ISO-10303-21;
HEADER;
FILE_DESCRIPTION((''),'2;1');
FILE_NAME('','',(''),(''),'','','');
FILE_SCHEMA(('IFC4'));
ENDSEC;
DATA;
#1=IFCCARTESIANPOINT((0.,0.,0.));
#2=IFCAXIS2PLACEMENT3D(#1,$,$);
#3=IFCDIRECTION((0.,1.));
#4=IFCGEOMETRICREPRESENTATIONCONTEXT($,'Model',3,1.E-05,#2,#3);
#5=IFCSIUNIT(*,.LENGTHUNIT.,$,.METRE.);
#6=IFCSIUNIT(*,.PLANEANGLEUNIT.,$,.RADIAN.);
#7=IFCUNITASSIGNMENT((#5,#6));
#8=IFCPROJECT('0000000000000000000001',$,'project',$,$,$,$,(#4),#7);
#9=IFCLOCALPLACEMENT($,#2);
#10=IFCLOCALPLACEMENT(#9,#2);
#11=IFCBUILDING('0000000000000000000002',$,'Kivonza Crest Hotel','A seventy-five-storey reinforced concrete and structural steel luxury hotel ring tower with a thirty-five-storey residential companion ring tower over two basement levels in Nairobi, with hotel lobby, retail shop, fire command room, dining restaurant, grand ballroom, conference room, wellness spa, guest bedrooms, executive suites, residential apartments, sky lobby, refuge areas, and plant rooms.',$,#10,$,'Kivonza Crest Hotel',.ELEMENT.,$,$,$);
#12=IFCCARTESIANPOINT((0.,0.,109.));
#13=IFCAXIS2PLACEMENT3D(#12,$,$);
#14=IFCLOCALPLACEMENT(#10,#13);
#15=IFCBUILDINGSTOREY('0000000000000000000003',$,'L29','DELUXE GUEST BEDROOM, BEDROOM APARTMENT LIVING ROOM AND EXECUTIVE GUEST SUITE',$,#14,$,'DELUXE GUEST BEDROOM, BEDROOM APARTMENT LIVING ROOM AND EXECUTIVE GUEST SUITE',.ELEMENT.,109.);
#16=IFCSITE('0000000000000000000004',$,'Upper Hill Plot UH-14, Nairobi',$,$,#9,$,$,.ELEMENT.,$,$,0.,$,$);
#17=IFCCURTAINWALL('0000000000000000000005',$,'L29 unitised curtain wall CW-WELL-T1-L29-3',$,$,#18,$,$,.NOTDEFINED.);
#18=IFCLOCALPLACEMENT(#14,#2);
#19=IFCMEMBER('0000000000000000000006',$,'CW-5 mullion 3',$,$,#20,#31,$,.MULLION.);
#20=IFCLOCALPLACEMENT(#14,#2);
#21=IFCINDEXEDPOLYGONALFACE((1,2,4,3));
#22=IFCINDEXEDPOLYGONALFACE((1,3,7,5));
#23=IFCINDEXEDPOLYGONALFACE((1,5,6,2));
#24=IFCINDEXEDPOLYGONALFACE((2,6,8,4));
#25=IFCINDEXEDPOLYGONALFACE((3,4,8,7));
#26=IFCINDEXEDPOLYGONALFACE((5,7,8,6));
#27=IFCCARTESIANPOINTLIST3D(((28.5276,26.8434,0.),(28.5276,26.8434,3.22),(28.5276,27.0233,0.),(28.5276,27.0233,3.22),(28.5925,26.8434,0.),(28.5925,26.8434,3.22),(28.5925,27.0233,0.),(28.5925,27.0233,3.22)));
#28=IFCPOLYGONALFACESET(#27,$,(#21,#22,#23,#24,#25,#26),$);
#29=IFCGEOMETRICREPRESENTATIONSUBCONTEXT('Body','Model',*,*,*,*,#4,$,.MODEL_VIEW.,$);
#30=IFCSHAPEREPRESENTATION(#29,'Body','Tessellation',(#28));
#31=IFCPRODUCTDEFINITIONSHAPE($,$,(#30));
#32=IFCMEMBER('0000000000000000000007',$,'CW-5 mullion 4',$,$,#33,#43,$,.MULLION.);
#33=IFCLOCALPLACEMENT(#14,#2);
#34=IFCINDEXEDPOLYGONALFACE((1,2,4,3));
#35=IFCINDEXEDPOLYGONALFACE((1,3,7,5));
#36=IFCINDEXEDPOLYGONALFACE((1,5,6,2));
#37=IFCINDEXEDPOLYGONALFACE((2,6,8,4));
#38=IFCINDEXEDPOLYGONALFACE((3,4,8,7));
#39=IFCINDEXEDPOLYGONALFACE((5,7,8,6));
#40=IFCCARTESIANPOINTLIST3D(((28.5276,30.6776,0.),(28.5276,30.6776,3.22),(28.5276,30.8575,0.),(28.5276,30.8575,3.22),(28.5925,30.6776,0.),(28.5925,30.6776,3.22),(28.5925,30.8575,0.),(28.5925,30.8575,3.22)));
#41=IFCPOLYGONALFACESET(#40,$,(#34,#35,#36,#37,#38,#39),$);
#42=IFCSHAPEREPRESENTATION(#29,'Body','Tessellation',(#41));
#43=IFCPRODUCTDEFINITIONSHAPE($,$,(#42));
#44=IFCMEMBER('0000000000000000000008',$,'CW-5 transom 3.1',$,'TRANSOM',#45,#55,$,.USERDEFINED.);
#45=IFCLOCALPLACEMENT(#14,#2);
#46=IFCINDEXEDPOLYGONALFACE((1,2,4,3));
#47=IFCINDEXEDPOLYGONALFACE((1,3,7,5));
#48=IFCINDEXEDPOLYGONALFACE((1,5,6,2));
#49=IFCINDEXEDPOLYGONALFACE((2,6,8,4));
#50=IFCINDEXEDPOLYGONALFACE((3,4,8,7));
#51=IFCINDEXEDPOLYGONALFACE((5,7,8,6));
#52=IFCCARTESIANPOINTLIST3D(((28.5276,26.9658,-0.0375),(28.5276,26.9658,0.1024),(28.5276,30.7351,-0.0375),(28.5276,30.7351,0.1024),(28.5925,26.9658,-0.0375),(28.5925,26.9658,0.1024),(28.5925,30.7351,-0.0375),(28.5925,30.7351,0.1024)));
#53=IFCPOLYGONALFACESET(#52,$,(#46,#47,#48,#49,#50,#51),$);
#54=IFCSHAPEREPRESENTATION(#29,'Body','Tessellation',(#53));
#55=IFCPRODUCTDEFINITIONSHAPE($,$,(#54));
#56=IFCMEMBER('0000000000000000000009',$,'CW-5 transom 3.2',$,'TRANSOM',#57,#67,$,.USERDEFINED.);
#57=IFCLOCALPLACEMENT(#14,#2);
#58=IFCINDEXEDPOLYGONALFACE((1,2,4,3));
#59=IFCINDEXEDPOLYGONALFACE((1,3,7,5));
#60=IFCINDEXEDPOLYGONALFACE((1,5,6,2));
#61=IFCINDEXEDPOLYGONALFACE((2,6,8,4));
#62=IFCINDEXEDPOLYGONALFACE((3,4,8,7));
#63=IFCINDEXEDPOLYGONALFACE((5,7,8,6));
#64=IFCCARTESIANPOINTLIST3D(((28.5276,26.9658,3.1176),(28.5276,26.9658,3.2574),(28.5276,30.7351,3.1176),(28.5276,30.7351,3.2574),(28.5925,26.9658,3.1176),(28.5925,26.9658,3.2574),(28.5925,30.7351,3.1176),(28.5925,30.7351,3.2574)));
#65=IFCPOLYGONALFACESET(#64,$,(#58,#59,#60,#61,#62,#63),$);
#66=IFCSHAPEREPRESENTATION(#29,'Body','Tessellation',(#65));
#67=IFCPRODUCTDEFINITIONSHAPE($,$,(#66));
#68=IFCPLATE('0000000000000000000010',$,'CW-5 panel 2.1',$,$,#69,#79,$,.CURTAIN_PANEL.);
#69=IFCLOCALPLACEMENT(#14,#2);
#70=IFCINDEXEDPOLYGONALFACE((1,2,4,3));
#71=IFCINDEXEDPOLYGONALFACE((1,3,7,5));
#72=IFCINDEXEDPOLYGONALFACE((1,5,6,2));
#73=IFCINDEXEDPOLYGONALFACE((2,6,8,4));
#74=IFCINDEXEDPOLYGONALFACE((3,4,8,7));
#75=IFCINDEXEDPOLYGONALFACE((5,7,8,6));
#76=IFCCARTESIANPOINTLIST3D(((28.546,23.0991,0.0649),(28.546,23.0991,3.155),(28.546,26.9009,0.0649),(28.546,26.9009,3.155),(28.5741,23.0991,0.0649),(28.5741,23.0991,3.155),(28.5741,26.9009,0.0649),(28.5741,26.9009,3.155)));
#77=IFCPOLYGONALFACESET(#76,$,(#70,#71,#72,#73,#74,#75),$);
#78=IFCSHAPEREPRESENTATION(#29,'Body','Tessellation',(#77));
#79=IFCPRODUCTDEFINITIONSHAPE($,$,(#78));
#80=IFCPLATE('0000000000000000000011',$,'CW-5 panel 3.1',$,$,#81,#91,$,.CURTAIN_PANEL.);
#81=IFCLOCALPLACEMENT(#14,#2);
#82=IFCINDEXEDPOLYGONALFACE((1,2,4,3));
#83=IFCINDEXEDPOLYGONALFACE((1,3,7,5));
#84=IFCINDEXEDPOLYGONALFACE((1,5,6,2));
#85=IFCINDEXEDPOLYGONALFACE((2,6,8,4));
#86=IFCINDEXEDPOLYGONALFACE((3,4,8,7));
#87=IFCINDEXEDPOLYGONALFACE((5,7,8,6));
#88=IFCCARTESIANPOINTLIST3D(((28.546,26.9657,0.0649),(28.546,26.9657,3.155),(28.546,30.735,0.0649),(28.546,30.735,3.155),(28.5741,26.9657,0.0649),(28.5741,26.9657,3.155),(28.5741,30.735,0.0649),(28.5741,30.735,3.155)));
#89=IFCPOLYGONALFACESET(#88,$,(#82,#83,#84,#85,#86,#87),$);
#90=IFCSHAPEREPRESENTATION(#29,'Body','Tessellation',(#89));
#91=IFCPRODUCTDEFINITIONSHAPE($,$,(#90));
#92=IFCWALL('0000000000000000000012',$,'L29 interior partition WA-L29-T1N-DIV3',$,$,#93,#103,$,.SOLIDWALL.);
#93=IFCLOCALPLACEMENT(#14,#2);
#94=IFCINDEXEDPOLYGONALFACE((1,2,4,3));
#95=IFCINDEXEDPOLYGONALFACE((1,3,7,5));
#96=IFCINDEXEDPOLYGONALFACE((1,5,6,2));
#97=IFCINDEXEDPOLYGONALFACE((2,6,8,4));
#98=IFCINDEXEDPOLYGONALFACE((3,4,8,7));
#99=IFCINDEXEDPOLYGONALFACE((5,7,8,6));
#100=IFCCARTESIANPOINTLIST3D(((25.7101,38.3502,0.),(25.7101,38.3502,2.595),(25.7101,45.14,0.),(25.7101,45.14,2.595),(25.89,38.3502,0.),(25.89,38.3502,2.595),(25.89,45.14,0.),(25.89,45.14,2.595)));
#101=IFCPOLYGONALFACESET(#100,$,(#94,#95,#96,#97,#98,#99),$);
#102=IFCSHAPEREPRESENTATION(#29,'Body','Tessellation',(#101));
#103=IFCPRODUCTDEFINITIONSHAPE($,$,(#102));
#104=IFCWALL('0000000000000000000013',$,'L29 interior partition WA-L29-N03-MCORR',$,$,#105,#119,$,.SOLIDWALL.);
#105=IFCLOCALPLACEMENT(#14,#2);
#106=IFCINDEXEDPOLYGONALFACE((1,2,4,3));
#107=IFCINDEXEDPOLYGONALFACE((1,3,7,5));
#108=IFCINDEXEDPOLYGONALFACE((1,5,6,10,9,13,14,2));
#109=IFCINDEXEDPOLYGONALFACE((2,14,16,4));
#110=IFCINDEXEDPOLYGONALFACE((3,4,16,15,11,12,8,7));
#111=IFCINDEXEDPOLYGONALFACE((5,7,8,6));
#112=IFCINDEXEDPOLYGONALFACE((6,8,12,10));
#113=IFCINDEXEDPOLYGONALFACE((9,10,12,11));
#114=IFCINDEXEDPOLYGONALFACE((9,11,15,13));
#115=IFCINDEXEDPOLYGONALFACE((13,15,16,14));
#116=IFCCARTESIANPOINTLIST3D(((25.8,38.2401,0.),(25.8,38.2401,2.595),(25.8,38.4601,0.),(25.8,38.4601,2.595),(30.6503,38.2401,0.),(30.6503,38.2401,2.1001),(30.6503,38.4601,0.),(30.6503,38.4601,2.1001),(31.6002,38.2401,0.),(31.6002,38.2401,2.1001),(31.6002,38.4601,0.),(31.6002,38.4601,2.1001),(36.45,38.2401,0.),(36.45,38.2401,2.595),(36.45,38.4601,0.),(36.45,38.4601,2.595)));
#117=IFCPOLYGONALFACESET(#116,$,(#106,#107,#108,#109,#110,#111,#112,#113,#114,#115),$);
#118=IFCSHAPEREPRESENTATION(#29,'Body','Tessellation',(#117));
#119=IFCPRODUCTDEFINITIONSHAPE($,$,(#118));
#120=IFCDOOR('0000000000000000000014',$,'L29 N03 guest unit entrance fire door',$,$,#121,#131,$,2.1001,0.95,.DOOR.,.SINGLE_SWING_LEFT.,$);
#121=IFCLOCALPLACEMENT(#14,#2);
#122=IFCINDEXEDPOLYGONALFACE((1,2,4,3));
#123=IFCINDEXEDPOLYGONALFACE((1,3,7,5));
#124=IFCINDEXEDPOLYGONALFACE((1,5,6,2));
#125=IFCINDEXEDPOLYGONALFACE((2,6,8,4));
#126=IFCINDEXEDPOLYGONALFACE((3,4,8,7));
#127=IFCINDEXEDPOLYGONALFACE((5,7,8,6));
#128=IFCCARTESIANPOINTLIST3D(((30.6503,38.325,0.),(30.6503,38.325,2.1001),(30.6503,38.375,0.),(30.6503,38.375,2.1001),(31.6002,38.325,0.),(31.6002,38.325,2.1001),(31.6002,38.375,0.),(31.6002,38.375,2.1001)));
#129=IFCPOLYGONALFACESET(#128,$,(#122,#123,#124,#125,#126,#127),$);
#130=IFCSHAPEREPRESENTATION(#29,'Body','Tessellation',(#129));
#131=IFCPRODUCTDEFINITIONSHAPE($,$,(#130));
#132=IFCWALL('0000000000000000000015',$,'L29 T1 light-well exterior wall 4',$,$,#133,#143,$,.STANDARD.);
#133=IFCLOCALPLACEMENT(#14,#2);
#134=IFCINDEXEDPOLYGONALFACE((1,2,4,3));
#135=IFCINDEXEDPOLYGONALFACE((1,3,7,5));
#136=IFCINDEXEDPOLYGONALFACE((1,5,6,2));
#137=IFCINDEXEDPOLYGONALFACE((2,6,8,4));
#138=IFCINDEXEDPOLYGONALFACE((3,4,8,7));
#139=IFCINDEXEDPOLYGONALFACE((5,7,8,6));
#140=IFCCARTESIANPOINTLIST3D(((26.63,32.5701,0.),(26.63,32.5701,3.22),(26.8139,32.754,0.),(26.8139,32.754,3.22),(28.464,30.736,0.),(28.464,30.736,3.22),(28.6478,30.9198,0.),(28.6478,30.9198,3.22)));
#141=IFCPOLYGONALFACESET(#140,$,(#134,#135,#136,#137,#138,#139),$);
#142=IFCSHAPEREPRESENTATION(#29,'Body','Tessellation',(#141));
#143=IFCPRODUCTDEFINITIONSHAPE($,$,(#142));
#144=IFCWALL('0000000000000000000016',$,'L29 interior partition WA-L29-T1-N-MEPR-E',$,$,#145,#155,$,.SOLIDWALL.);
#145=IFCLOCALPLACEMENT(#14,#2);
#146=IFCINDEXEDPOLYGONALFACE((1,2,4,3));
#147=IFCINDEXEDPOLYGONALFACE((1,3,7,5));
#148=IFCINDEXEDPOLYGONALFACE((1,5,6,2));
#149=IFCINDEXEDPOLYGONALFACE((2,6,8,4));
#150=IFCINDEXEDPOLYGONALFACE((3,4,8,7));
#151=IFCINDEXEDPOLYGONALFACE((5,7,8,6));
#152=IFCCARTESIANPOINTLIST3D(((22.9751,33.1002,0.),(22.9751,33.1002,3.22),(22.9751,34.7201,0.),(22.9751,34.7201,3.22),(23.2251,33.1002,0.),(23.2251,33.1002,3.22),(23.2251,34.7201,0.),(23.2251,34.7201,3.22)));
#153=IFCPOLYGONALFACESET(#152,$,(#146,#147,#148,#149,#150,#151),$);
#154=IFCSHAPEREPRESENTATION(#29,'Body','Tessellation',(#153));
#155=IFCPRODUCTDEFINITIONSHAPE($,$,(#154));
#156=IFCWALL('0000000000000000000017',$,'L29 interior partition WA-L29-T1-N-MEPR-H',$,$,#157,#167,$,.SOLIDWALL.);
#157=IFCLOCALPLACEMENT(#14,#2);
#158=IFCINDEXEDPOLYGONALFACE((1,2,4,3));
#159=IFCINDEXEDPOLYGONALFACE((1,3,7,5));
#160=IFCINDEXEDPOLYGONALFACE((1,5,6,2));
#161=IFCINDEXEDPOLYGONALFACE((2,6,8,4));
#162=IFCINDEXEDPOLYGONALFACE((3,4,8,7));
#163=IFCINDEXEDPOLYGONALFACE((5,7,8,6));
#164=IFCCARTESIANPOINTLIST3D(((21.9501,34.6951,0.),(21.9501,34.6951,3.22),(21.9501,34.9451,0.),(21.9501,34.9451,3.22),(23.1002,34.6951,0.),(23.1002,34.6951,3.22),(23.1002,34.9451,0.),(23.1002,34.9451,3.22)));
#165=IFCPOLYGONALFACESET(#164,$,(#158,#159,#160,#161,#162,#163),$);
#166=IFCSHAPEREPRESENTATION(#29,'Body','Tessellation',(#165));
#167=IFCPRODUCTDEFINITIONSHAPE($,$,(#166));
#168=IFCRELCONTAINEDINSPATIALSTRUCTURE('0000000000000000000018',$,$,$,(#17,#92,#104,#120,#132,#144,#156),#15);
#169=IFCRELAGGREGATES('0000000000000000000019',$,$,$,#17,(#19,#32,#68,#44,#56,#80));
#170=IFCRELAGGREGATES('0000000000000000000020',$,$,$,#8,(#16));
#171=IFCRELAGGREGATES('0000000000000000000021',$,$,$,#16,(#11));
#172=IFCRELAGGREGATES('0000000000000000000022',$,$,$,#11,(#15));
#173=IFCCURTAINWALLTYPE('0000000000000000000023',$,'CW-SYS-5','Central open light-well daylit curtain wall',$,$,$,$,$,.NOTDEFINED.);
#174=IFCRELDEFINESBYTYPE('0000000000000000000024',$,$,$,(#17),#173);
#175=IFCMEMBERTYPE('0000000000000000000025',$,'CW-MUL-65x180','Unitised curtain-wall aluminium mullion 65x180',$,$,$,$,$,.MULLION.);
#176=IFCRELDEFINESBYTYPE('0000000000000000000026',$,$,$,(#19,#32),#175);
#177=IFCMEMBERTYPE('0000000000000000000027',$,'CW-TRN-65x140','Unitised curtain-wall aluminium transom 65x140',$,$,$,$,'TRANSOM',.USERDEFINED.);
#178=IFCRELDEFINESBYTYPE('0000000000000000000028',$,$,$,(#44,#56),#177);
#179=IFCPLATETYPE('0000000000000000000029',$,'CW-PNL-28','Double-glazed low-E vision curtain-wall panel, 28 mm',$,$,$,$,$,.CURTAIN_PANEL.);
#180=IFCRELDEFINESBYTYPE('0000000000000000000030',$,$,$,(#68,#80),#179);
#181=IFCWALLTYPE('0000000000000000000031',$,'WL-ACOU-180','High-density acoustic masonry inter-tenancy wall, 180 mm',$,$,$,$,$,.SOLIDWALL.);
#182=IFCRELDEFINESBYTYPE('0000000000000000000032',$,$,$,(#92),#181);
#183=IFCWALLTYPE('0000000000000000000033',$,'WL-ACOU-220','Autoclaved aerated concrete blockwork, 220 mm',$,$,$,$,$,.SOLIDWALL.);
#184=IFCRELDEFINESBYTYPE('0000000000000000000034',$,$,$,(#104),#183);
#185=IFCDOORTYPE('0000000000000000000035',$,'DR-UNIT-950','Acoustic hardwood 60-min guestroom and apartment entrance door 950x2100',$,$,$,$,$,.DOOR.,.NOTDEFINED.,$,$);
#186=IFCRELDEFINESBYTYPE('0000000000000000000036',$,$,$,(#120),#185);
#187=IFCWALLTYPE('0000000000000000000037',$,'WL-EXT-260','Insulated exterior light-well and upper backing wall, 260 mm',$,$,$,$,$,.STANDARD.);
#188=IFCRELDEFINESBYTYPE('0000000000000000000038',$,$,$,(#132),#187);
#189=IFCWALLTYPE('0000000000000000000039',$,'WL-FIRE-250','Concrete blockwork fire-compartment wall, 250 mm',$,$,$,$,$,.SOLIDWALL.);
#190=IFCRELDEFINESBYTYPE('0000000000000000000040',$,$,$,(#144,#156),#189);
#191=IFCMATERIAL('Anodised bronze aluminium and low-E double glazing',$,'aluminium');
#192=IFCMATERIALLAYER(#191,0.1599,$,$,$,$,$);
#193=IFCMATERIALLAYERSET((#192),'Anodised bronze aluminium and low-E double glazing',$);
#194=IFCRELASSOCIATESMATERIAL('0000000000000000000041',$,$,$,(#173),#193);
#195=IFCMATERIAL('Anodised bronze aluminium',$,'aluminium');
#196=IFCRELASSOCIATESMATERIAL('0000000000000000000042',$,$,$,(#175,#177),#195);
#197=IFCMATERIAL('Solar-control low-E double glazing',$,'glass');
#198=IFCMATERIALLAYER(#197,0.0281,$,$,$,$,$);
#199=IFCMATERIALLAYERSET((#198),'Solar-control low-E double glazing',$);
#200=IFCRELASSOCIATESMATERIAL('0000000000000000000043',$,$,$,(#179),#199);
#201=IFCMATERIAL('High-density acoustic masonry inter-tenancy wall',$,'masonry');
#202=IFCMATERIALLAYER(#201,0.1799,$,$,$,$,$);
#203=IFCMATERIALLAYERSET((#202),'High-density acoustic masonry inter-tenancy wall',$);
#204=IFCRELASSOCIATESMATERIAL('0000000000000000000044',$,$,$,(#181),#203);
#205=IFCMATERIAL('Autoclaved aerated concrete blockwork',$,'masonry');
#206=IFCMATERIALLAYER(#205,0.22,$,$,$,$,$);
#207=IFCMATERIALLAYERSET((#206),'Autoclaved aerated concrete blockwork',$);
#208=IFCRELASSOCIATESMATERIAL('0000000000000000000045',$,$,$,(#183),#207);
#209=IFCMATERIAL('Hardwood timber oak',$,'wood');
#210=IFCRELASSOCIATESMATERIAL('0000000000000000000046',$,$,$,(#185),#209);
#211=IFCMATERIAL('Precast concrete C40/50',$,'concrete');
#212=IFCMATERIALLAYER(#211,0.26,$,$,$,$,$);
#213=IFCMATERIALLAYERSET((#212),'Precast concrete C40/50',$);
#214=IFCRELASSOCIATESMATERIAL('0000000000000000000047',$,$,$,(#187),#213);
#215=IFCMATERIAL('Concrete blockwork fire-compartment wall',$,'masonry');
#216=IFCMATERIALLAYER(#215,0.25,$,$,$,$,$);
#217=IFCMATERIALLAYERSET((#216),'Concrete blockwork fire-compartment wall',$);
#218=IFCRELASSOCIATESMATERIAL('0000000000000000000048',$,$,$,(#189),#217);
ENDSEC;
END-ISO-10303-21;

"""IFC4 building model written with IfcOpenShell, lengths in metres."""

from ifc_helpers import new_model, si_unit, direction, frame, frame_2d, origin, origin_2d, place, context, subcontext, project, spatial, rectangle, extrude, material, layer, layer_set, material_profile, profile_set, type_object, element, fill, aggregate, save


model = new_model("IFC4")

# Units and contexts
model_context = context("Model", 3, precision=1e-05, world=origin(), true_north=direction((0.0, 1.0)))
body_context = subcontext(model_context, "Body", "Model", "MODEL_VIEW")
ifc_project = project(units=[si_unit("LENGTHUNIT", "METRE"), si_unit("PLANEANGLEUNIT", "RADIAN")], contexts=[model_context])

# Site, building, storey
site_placement = place(None, origin())
site = spatial("IfcSite", under=ifc_project, at=site_placement, Name="Upper Hill Plot UH-14, Nairobi", CompositionType="ELEMENT", RefElevation=0.0)
building_placement = place(site_placement, origin())
building = spatial("IfcBuilding", under=site, at=building_placement, Name="Kivonza Crest Hotel", Description="A seventy-five-storey reinforced concrete and structural steel luxury hotel ring tower with a thirty-five-storey residential companion ring tower over two basement levels in Nairobi, with hotel lobby, retail shop, fire command room, dining restaurant, grand ballroom, conference room, wellness spa, guest bedrooms, executive suites, residential apartments, sky lobby, refuge areas, and plant rooms.", LongName="Kivonza Crest Hotel", CompositionType="ELEMENT")
storey_placement = place(building_placement, frame((0.0, 0.0, 109.0)))
storey = spatial("IfcBuildingStorey", under=building, at=storey_placement, Name="L29", Description="DELUXE GUEST BEDROOM, BEDROOM APARTMENT LIVING ROOM AND EXECUTIVE GUEST SUITE", LongName="DELUXE GUEST BEDROOM, BEDROOM APARTMENT LIVING ROOM AND EXECUTIVE GUEST SUITE", CompositionType="ELEMENT", Elevation=109.0)

# Curtain wall, members, plates
ifc_material_1 = material(Name="Anodised bronze aluminium and low-E double glazing", Category="aluminium")
ifc_layer_1 = layer(ifc_material_1, 0.1599)
ifc_layer_set_1 = layer_set([ifc_layer_1], Name="Anodised bronze aluminium and low-E double glazing")
curtain_wall_type = type_object("IfcCurtainWallType", Name="CW-SYS-5", Description="Central open light-well daylit curtain wall", PredefinedType="NOTDEFINED", material=ifc_layer_set_1)
curtain_wall_placement = place(storey_placement, origin())
curtain_wall = element("IfcCurtainWall", 1, at=curtain_wall_placement, inside=storey, type_object=curtain_wall_type, Name="L29 unitised curtain wall CW-WELL-T1-L29-3", PredefinedType="NOTDEFINED")
ifc_material_2 = material(Name="Anodised bronze aluminium", Category="aluminium")
ifc_material_profile_1 = material_profile(ifc_material_2, rectangle(XDim=0.0649, YDim=0.1799, at=origin_2d()), Name="CW-M 65x180")
ifc_profile_set_1 = profile_set([ifc_material_profile_1], Name="Anodised bronze aluminium")
member_type_1 = type_object("IfcMemberType", Name="CW-MUL-65x180", Description="Unitised curtain-wall aluminium mullion 65x180", PredefinedType="MULLION", material=ifc_profile_set_1)
member_1_placement = place(storey_placement, frame((28.5601, 26.9333, 0.0), z_axis=(0.0, 0.0, 1.0), x_axis=(-1.0, 0.0, 0.0)))
member_1 = element("IfcMember", 2, at=member_1_placement, type_object=member_type_1, Name="CW-5 mullion 3", PredefinedType="MULLION", context=body_context, shape_type="SweptSolid", body=[
    extrude(rectangle(XDim=0.0649, YDim=0.1799, at=origin_2d()), origin(), (0.0, 0.0, 1.0), 3.22),
])
member_2_placement = place(storey_placement, frame((28.5601, 30.7676, 0.0), z_axis=(0.0, 0.0, 1.0), x_axis=(-1.0, 0.0, 0.0)))
member_2 = element("IfcMember", 3, at=member_2_placement, type_object=member_type_1, Name="CW-5 mullion 4", PredefinedType="MULLION", context=body_context, shape_type="SweptSolid", body=[
    extrude(rectangle(XDim=0.0649, YDim=0.1799, at=origin_2d()), origin(), (0.0, 0.0, 1.0), 3.22),
])
ifc_material_profile_2 = material_profile(ifc_material_2, rectangle(XDim=0.0649, YDim=0.1399, at=origin_2d()), Name="CW-T 65x140")
ifc_profile_set_2 = profile_set([ifc_material_profile_2], Name="Anodised bronze aluminium")
member_type_2 = type_object("IfcMemberType", Name="CW-TRN-65x140", Description="Unitised curtain-wall aluminium transom 65x140", ElementType="TRANSOM", PredefinedType="USERDEFINED", material=ifc_profile_set_2)
member_3_placement = place(storey_placement, frame((28.5601, 26.9658, 0.0325), z_axis=(0.0, 1.0, 0.0), x_axis=(-1.0, 0.0, 0.0)))
member_3 = element("IfcMember", 4, at=member_3_placement, type_object=member_type_2, Name="CW-5 transom 3.1", ObjectType="TRANSOM", PredefinedType="USERDEFINED", context=body_context, shape_type="SweptSolid", body=[
    extrude(rectangle(XDim=0.0649, YDim=0.1399, at=origin_2d()), origin(), (0.0, 0.0, 1.0), 3.7693),
])
member_4_placement = place(storey_placement, frame((28.5601, 26.9658, 3.1875), z_axis=(0.0, 1.0, 0.0), x_axis=(-1.0, 0.0, 0.0)))
member_4 = element("IfcMember", 5, at=member_4_placement, type_object=member_type_2, Name="CW-5 transom 3.2", ObjectType="TRANSOM", PredefinedType="USERDEFINED", context=body_context, shape_type="SweptSolid", body=[
    extrude(rectangle(XDim=0.0649, YDim=0.1399, at=origin_2d()), origin(), (0.0, 0.0, 1.0), 3.7693),
])
ifc_material_3 = material(Name="Solar-control low-E double glazing", Category="glass")
ifc_layer_2 = layer(ifc_material_3, 0.0281)
ifc_layer_set_2 = layer_set([ifc_layer_2], Name="Solar-control low-E double glazing")
plate_type = type_object("IfcPlateType", Name="CW-PNL-28", Description="Double-glazed low-E vision curtain-wall panel, 28 mm", PredefinedType="CURTAIN_PANEL", material=ifc_layer_set_2)
plate_1_placement = place(storey_placement, frame((28.5601, 25.0, 0.0649), z_axis=(0.0, 0.0, 1.0), x_axis=(0.0, 1.0, 0.0)))
plate_1 = element("IfcPlate", 6, at=plate_1_placement, type_object=plate_type, Name="CW-5 panel 2.1", PredefinedType="CURTAIN_PANEL", context=body_context, shape_type="SweptSolid", body=[
    extrude(rectangle(XDim=3.8018, YDim=0.0281, at=origin_2d()), origin(), (0.0, 0.0, 1.0), 3.0901),
])
plate_2_placement = place(storey_placement, frame((28.5601, 28.8503, 0.0649), z_axis=(0.0, 0.0, 1.0), x_axis=(0.0, 1.0, 0.0)))
plate_2 = element("IfcPlate", 7, at=plate_2_placement, type_object=plate_type, Name="CW-5 panel 3.1", PredefinedType="CURTAIN_PANEL", context=body_context, shape_type="SweptSolid", body=[
    extrude(rectangle(XDim=3.7693, YDim=0.0281, at=origin_2d()), origin(), (0.0, 0.0, 1.0), 3.0901),
])
aggregate(curtain_wall, [member_1, member_2, plate_1, member_3, member_4, plate_2])

# Wall
ifc_material_4 = material(Name="High-density acoustic masonry inter-tenancy wall", Category="masonry")
ifc_layer_3 = layer(ifc_material_4, 0.1799)
ifc_layer_set_3 = layer_set([ifc_layer_3], Name="High-density acoustic masonry inter-tenancy wall")
wall_type_1 = type_object("IfcWallType", Name="WL-ACOU-180", Description="High-density acoustic masonry inter-tenancy wall, 180 mm", PredefinedType="SOLIDWALL", material=ifc_layer_set_3)
wall_1_placement = place(storey_placement, frame((25.8, 38.3501, 0.0), z_axis=(0.0, 0.0, 1.0), x_axis=(0.0, 1.0, 0.0)))
element("IfcWall", 8, at=wall_1_placement, inside=storey, type_object=wall_type_1, Name="L29 interior partition WA-L29-T1N-DIV3", PredefinedType="SOLIDWALL", context=body_context, shape_type="SweptSolid", body=[
    extrude(rectangle(XDim=6.7898, YDim=0.1799, at=frame_2d((3.395, 0.0))), origin(), (0.0, 0.0, 1.0), 2.595),
])

# Wall, opening, door
ifc_material_5 = material(Name="Autoclaved aerated concrete blockwork", Category="masonry")
ifc_layer_4 = layer(ifc_material_5, 0.22)
ifc_layer_set_4 = layer_set([ifc_layer_4], Name="Autoclaved aerated concrete blockwork")
wall_type_2 = type_object("IfcWallType", Name="WL-ACOU-220", Description="Autoclaved aerated concrete blockwork, 220 mm", PredefinedType="SOLIDWALL", material=ifc_layer_set_4)
wall_2_placement = place(storey_placement, frame((25.8, 38.3501, 0.0), z_axis=(0.0, 0.0, 1.0), x_axis=(1.0, 0.0, 0.0)))
wall_2 = element("IfcWall", 9, at=wall_2_placement, inside=storey, type_object=wall_type_2, Name="L29 interior partition WA-L29-N03-MCORR", PredefinedType="SOLIDWALL", context=body_context, shape_type="SweptSolid", body=[
    extrude(rectangle(XDim=10.6499, YDim=0.22, at=frame_2d((5.325, 0.0))), origin(), (0.0, 0.0, 1.0), 2.595),
])
opening_1_placement = place(wall_2_placement, frame((4.8501, 0.0, 0.0)))
opening_1 = element("IfcOpeningElement", 10, at=opening_1_placement, cuts=wall_2, PredefinedType="OPENING", context=body_context, shape_type="SweptSolid", body=[
    extrude(rectangle(XDim=0.95, YDim=2.1001, at=frame_2d((0.4751, 1.05))), frame((0.0, 0.1201, 0.0), z_axis=(0.0, -1.0, 0.0), x_axis=(1.0, 0.0, 0.0)), (0.0, 0.0, 1.0), 0.24),
])
ifc_material_6 = material(Name="Hardwood timber oak", Category="wood")
door_type_1 = type_object("IfcDoorType", Name="DR-UNIT-950", Description="Acoustic hardwood 60-min guestroom and apartment entrance door 950x2100", OperationType="NOTDEFINED", PredefinedType="DOOR", material=ifc_material_6)
door_1_placement = place(opening_1_placement, origin())
door_1 = element("IfcDoor", 11, at=door_1_placement, inside=storey, type_object=door_type_1, Name="L29 N03 guest unit entrance fire door", OperationType="SINGLE_SWING_LEFT", OverallHeight=2.1001, OverallWidth=0.95, PredefinedType="DOOR", context=body_context, shape_type="SweptSolid", body=[
    extrude(rectangle(XDim=0.95, YDim=2.1001, at=frame_2d((0.4751, 1.05))), frame((0.0, 0.0249, 0.0), z_axis=(0.0, -1.0, 0.0), x_axis=(1.0, 0.0, 0.0)), (0.0, 0.0, 1.0), 0.05),
])
fill(opening_1, door_1)

# Walls
ifc_material_7 = material(Name="Precast concrete C40/50", Category="concrete")
ifc_layer_5 = layer(ifc_material_7, 0.26)
ifc_layer_set_5 = layer_set([ifc_layer_5], Name="Precast concrete C40/50")
wall_type_3 = type_object("IfcWallType", Name="WL-EXT-260", Description="Insulated exterior light-well and upper backing wall, 260 mm", PredefinedType="STANDARD", material=ifc_layer_set_5)
wall_3_placement = place(storey_placement, frame((28.5559, 30.8279, 0.0), z_axis=(0.0, 0.0, 1.0), x_axis=(-0.70706, 0.707154, 0.0)))
element("IfcWall", 12, at=wall_3_placement, inside=storey, type_object=wall_type_3, Name="L29 T1 light-well exterior wall 4", PredefinedType="STANDARD", context=body_context, shape_type="SweptSolid", body=[
    extrude(rectangle(XDim=2.5938, YDim=0.26, at=frame_2d((1.2969, 0.0))), origin(), (0.0, 0.0, 1.0), 3.22),
])
ifc_material_8 = material(Name="Concrete blockwork fire-compartment wall", Category="masonry")
ifc_layer_6 = layer(ifc_material_8, 0.25)
ifc_layer_set_6 = layer_set([ifc_layer_6], Name="Concrete blockwork fire-compartment wall")
wall_type_4 = type_object("IfcWallType", Name="WL-FIRE-250", Description="Concrete blockwork fire-compartment wall, 250 mm", PredefinedType="SOLIDWALL", material=ifc_layer_set_6)
wall_4_placement = place(storey_placement, frame((23.1001, 33.1001, 0.0), z_axis=(0.0, 0.0, 1.0), x_axis=(0.0, 1.0, 0.0)))
element("IfcWall", 13, at=wall_4_placement, inside=storey, type_object=wall_type_4, Name="L29 interior partition WA-L29-T1-N-MEPR-E", PredefinedType="SOLIDWALL", context=body_context, shape_type="SweptSolid", body=[
    extrude(rectangle(XDim=1.6199, YDim=0.25, at=frame_2d((0.8101, 0.0))), origin(), (0.0, 0.0, 1.0), 3.22),
])
wall_5_placement = place(storey_placement, frame((21.95, 34.8201, 0.0), z_axis=(0.0, 0.0, 1.0), x_axis=(1.0, 0.0, 0.0)))
element("IfcWall", 14, at=wall_5_placement, inside=storey, type_object=wall_type_4, Name="L29 interior partition WA-L29-T1-N-MEPR-H", PredefinedType="SOLIDWALL", context=body_context, shape_type="SweptSolid", body=[
    extrude(rectangle(XDim=1.1501, YDim=0.25, at=frame_2d((0.5752, 0.0))), origin(), (0.0, 0.0, 1.0), 3.22),
])

save(model, "model.ifc")
